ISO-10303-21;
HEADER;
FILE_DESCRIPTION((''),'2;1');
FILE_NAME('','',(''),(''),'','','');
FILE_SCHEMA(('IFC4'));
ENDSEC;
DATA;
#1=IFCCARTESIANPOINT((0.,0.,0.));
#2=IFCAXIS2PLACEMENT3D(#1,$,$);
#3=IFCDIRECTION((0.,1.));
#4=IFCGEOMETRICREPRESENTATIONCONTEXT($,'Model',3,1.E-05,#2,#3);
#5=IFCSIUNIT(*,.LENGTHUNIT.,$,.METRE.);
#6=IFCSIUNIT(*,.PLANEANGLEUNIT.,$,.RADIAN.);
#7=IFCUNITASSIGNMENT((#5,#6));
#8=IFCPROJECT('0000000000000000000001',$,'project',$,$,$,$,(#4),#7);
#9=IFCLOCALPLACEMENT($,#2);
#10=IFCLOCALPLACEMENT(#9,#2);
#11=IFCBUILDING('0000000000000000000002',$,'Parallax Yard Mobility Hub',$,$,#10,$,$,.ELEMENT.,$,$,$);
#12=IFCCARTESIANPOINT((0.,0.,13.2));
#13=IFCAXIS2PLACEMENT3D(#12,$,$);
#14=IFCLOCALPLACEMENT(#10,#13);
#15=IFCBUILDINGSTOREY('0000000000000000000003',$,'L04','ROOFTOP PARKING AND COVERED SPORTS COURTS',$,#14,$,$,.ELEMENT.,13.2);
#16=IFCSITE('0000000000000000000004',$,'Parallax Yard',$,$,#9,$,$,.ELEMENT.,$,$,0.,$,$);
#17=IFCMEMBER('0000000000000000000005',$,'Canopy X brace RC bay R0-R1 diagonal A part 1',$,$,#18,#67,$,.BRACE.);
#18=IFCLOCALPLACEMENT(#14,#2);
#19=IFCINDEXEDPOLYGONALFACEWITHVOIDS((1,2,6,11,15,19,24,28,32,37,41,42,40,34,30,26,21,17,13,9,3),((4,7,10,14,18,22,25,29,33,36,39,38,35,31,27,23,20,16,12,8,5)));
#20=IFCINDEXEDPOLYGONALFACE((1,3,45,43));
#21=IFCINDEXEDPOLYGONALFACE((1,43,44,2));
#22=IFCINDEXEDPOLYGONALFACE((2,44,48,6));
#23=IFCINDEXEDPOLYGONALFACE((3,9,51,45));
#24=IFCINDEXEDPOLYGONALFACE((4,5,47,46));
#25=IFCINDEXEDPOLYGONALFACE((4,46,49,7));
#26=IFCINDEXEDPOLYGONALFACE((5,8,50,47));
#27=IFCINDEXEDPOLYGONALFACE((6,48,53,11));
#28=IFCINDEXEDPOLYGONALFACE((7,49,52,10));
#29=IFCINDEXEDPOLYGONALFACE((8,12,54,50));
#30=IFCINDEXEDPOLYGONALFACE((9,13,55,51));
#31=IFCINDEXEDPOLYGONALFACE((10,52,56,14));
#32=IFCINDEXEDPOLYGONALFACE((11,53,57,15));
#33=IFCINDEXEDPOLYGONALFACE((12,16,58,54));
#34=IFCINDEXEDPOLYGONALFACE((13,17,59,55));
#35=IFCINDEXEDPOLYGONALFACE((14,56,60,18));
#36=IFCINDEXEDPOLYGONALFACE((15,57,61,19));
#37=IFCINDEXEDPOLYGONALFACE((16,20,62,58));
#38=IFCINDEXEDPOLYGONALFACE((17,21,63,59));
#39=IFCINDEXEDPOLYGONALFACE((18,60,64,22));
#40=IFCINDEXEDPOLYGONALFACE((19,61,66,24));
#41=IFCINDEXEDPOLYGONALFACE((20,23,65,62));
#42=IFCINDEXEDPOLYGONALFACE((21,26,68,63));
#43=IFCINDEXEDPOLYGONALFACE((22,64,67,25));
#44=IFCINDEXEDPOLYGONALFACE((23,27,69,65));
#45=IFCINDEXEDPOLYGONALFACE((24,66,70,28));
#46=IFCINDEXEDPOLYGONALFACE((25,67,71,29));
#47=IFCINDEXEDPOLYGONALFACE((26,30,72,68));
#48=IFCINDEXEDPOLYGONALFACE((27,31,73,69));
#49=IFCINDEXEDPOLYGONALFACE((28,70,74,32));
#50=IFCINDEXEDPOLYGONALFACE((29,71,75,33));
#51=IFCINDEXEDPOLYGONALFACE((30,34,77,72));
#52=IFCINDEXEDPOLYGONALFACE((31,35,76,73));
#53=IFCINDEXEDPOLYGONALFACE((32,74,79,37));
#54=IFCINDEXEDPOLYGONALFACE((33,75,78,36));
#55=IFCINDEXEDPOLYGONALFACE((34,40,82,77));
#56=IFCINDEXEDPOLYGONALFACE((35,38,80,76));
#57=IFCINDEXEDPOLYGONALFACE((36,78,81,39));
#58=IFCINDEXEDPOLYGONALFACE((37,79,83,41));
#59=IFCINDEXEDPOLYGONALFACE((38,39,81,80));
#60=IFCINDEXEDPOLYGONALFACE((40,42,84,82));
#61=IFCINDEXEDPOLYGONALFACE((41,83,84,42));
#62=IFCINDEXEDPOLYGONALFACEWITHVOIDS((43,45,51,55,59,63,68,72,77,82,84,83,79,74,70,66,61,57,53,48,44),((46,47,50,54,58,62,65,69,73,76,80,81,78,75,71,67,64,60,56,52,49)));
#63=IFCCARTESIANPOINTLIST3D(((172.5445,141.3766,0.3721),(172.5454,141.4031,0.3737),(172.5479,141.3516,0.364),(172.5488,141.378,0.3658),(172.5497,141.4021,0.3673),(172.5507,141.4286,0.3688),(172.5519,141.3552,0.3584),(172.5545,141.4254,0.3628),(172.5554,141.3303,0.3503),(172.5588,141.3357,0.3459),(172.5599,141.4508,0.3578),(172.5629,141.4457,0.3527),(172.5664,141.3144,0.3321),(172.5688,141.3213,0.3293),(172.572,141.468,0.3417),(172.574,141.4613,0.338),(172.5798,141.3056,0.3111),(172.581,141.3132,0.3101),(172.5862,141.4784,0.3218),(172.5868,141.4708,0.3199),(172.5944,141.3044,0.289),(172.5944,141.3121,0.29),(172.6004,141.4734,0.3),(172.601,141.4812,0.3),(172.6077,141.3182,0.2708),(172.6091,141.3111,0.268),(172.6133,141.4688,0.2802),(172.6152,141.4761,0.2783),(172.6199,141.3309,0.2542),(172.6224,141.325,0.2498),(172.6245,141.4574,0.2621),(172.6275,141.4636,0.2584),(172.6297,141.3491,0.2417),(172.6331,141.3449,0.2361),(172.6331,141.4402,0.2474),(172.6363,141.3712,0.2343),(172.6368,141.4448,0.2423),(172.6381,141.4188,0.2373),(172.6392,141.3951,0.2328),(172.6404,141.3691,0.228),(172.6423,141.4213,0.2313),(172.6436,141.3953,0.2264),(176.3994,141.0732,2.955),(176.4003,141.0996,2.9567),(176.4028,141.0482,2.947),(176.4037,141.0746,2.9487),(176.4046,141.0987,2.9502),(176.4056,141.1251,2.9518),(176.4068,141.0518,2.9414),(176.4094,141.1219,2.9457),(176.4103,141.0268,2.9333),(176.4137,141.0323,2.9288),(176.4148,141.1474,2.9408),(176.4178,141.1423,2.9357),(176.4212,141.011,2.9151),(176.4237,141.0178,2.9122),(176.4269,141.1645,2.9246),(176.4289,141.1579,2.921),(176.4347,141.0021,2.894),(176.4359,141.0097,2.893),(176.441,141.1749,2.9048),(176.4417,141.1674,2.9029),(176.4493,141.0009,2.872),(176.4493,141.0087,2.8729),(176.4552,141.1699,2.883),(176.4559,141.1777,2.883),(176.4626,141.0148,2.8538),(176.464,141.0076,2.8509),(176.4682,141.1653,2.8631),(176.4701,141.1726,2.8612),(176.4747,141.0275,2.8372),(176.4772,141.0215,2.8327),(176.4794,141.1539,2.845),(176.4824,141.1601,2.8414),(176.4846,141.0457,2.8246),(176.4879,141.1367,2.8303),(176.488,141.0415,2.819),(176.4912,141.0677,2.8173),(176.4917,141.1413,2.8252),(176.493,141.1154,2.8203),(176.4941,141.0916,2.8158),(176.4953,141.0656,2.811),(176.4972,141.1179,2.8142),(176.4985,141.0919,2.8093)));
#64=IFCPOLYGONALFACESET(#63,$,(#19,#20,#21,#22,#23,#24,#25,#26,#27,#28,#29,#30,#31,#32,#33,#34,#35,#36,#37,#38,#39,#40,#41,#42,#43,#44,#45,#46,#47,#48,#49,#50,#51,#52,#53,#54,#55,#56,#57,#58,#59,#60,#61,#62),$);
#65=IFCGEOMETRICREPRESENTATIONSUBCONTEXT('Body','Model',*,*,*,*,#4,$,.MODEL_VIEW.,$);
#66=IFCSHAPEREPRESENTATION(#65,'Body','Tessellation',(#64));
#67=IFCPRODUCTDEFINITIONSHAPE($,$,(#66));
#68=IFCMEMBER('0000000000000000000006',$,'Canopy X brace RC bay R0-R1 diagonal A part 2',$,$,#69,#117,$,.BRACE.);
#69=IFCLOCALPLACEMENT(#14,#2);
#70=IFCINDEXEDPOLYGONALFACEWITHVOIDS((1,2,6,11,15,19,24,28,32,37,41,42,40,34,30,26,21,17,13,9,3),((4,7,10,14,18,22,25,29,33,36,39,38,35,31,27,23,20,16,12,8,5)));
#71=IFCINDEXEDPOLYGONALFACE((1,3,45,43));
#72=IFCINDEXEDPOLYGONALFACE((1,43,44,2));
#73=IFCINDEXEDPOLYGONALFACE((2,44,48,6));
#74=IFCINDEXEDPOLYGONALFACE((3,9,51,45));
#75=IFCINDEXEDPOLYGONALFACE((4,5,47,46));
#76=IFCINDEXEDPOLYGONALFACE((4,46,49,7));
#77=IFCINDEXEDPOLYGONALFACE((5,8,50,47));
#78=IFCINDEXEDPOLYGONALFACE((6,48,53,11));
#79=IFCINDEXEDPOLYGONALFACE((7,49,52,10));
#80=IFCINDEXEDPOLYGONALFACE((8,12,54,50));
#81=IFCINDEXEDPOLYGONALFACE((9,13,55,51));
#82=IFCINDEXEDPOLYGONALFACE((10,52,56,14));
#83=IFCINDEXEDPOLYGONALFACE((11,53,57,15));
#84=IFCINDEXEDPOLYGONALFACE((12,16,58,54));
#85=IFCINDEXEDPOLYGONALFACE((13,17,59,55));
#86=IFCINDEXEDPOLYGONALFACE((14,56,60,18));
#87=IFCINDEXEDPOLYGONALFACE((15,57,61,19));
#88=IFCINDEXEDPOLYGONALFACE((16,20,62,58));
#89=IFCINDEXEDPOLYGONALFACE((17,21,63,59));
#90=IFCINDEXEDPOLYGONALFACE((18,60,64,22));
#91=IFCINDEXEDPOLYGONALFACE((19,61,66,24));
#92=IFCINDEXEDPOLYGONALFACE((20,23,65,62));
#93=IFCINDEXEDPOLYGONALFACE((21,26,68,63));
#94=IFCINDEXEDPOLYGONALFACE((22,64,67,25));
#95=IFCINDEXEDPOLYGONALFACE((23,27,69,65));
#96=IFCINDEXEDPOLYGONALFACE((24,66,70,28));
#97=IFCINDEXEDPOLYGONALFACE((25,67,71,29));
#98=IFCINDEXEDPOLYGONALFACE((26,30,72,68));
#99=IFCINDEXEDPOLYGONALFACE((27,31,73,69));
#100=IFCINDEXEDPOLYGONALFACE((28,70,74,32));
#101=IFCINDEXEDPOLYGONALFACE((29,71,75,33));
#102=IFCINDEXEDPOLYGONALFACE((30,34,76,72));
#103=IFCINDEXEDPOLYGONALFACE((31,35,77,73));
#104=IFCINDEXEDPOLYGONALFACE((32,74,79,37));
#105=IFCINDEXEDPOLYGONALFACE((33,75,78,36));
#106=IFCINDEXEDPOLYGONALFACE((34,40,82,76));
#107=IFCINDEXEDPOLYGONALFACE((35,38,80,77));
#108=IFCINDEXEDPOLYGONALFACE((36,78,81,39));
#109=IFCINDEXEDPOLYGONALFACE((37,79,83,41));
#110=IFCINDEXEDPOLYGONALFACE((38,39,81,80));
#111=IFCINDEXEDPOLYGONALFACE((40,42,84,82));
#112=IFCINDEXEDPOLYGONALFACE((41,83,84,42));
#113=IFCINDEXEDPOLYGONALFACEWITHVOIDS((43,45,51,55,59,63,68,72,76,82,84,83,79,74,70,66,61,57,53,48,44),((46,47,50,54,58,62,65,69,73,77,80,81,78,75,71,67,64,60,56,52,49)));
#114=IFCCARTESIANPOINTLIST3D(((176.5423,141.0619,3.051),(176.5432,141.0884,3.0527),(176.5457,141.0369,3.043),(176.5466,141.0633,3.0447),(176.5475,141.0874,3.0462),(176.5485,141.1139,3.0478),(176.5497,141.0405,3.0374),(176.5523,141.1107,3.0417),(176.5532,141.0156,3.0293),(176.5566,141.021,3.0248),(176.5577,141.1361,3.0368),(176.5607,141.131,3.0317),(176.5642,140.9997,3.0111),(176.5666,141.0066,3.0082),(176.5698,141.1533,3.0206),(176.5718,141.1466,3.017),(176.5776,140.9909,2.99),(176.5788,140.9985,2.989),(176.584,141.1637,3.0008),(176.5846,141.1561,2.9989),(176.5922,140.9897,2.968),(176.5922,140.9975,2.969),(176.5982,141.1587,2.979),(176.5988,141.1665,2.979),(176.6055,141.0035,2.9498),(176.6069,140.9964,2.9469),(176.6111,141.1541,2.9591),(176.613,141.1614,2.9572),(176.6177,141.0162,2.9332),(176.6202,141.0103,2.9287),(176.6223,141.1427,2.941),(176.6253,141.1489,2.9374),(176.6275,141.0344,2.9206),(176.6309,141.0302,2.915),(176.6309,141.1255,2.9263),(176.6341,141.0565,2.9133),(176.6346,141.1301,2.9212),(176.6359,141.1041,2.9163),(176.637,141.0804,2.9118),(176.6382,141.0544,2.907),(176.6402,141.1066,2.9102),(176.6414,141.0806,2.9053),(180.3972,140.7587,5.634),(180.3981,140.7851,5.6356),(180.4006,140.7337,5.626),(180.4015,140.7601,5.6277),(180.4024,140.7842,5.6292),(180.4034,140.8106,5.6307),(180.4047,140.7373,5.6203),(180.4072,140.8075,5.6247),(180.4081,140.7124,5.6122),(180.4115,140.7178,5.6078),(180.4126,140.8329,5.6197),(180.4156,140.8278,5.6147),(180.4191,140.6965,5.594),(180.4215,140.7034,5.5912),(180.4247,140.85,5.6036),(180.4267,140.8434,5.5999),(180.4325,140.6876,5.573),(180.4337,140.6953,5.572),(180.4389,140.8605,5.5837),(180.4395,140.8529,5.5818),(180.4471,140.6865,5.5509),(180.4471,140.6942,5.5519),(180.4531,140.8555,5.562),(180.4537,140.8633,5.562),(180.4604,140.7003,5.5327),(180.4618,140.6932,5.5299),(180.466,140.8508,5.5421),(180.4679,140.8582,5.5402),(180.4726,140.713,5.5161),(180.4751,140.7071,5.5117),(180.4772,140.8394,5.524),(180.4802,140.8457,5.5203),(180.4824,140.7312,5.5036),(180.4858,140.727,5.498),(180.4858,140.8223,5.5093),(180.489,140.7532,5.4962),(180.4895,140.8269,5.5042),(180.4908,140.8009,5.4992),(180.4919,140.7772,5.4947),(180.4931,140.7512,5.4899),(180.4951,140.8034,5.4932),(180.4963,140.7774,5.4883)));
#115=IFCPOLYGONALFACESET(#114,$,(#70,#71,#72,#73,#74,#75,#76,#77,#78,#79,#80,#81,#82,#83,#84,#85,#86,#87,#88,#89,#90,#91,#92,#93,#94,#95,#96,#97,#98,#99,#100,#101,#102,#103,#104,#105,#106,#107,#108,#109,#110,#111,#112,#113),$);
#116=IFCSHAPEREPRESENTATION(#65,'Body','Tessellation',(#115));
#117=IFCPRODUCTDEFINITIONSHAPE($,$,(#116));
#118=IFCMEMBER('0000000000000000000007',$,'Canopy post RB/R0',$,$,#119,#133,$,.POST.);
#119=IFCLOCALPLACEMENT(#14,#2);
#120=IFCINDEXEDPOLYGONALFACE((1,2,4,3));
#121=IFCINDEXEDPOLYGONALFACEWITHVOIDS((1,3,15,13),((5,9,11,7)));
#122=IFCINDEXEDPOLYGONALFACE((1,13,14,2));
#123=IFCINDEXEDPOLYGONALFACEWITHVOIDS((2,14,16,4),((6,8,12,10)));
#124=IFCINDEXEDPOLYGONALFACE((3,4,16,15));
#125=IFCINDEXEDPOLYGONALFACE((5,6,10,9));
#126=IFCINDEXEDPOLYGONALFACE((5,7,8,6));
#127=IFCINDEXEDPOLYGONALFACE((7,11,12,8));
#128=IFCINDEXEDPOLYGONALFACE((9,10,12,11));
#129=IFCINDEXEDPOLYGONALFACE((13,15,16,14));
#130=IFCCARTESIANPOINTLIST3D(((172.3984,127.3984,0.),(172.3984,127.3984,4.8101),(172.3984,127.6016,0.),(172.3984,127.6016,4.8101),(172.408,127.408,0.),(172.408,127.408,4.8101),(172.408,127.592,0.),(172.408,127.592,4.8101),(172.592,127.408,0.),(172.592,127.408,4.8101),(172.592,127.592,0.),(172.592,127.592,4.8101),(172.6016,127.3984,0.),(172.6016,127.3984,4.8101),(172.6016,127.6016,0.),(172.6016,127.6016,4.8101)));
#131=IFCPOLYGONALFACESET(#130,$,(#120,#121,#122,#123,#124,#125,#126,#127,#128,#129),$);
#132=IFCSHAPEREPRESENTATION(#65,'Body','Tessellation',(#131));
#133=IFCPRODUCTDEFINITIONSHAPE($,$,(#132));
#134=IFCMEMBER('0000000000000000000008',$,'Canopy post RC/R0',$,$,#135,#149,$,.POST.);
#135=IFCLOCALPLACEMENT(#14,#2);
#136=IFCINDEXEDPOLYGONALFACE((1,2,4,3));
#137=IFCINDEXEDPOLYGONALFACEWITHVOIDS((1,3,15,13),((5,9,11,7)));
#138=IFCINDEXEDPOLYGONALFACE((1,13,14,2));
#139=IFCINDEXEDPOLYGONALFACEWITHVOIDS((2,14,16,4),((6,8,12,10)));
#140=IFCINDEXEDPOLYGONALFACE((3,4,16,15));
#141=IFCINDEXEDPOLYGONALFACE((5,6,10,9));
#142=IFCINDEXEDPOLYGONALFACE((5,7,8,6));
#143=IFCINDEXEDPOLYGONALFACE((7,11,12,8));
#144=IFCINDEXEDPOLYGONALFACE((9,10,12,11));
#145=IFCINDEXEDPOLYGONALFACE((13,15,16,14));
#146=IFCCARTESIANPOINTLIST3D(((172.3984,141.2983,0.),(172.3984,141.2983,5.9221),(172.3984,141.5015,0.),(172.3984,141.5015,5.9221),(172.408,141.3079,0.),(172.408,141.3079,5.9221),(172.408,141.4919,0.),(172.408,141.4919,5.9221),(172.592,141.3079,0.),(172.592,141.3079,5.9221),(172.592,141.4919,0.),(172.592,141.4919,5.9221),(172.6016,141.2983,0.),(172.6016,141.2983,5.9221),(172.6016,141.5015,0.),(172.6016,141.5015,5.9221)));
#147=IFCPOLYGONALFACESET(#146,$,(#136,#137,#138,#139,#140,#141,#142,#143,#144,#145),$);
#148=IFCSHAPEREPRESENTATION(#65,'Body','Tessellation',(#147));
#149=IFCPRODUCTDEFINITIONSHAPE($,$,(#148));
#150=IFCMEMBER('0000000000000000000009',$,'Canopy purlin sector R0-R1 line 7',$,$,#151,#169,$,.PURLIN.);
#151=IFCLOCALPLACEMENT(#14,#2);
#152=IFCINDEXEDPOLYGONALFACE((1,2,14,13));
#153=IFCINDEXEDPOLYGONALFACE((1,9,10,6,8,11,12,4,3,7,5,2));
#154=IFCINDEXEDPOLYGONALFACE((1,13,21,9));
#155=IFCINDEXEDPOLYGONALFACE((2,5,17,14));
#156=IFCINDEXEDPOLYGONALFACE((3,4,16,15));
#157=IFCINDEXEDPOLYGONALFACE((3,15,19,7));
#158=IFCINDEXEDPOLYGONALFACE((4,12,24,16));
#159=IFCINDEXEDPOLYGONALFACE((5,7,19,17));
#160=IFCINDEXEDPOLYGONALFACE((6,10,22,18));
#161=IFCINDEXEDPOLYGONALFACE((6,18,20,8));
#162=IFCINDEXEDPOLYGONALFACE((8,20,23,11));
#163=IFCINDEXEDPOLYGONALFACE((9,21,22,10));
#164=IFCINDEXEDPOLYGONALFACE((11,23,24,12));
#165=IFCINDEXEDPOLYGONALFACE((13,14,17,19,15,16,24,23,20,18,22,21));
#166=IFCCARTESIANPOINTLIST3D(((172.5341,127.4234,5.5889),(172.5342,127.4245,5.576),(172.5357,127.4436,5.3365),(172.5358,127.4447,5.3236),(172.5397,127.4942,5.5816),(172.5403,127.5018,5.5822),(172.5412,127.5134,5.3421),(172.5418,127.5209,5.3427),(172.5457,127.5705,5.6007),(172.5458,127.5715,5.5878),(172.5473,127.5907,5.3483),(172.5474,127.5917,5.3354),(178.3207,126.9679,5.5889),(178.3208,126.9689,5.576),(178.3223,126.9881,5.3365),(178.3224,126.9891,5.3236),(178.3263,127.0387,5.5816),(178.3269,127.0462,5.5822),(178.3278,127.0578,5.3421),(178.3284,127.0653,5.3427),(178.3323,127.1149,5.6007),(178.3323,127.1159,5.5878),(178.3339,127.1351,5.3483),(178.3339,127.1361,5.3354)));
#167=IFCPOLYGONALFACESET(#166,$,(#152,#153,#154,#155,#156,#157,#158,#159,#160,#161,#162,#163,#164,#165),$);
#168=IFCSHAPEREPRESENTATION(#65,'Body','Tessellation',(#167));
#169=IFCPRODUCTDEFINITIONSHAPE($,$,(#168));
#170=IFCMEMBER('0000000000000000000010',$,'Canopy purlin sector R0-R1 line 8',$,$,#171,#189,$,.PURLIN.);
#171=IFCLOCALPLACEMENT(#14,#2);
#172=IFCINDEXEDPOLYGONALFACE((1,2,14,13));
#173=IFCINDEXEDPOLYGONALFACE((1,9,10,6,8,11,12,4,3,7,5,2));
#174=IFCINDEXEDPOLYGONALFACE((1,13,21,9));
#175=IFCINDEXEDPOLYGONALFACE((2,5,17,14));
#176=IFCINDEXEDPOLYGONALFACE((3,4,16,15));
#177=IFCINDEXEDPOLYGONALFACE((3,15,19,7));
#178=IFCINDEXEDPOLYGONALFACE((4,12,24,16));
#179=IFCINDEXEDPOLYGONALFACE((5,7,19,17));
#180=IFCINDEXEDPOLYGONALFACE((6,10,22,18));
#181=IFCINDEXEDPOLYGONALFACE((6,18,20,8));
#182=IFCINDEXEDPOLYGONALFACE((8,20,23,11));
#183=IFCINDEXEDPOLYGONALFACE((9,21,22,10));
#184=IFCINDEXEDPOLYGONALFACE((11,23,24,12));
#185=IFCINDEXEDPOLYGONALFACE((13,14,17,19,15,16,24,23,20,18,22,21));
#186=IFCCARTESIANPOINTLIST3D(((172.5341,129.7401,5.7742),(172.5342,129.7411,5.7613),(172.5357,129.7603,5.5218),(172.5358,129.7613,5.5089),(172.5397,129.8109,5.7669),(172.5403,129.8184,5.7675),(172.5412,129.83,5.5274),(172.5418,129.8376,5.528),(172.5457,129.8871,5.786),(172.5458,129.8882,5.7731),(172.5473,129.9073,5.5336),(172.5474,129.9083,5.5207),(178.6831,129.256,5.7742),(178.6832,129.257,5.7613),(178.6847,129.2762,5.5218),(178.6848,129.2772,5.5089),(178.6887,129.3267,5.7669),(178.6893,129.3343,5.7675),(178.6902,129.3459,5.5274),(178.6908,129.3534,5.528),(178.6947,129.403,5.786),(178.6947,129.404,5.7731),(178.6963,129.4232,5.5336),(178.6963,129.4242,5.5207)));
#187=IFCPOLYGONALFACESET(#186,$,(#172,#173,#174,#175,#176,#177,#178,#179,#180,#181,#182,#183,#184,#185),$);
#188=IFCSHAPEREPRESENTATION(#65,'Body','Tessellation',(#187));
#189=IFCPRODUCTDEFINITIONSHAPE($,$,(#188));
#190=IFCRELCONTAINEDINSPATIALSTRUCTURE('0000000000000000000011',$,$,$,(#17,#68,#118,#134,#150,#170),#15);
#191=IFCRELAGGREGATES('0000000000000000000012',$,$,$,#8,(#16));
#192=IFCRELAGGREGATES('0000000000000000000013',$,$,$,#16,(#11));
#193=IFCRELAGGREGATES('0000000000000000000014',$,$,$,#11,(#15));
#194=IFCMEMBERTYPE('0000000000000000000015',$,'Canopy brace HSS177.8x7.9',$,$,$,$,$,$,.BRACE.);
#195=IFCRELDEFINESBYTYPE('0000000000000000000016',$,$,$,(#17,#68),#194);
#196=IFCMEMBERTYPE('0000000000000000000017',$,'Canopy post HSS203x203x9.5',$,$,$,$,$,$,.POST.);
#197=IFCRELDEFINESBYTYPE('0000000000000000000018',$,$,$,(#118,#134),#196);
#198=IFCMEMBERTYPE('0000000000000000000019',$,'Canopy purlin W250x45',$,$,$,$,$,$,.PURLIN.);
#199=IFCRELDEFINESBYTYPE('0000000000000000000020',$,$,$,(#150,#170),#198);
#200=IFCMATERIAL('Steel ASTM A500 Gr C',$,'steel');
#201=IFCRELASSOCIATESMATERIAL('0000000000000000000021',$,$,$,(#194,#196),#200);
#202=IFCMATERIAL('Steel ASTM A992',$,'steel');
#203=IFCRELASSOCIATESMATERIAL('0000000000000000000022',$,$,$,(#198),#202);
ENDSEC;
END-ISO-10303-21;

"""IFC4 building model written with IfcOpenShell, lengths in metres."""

from ifc_helpers import new_model, si_unit, direction, frame, origin, origin_2d, place, context, subcontext, project, spatial, hollow_rectangle, hollow_circle, i_section, extrude, material, material_profile, profile_set, type_object, element, save


model = new_model("IFC4")

# Units and contexts
model_context = context("Model", 3, precision=1e-05, world=origin(), true_north=direction((0.0, 1.0)))
body_context = subcontext(model_context, "Body", "Model", "MODEL_VIEW")
ifc_project = project(units=[si_unit("LENGTHUNIT", "METRE"), si_unit("PLANEANGLEUNIT", "RADIAN")], contexts=[model_context])

# Site, building, storey
site_placement = place(None, origin())
site = spatial("IfcSite", under=ifc_project, at=site_placement, Name="Parallax Yard", CompositionType="ELEMENT", RefElevation=0.0)
building_placement = place(site_placement, origin())
building = spatial("IfcBuilding", under=site, at=building_placement, Name="Parallax Yard Mobility Hub", CompositionType="ELEMENT")
storey_placement = place(building_placement, frame((0.0, 0.0, 13.2)))
storey = spatial("IfcBuildingStorey", under=building, at=storey_placement, Name="L04", Description="ROOFTOP PARKING AND COVERED SPORTS COURTS", CompositionType="ELEMENT", Elevation=13.2)

# Members
ifc_material_1 = material(Name="Steel ASTM A500 Gr C", Category="steel")
ifc_material_profile_1 = material_profile(ifc_material_1, hollow_circle(Radius=0.0889, WallThickness=0.0078, at=origin_2d()), Name="HSS177.8x7.9")
ifc_profile_set_1 = profile_set([ifc_material_profile_1], Name="Steel ASTM A500 Gr C")
member_type_1 = type_object("IfcMemberType", Name="Canopy brace HSS177.8x7.9", PredefinedType="BRACE", material=ifc_profile_set_1)
for number, where, z_axis, x_axis, name in (
    (1, (172.594, 141.3926, 0.3), (0.828982, -0.065258, 0.555455), (0.078478, 0.996916, 0.0), "Canopy X brace RC bay R0-R1 diagonal A part 1"),
    (2, (176.5918, 141.0779, 2.979), (0.828985, -0.065206, 0.555457), (0.078415, 0.996921, 0.0), "Canopy X brace RC bay R0-R1 diagonal A part 2"),
):
    element("IfcMember", number, at=place(storey_placement, frame(where, z_axis=z_axis, x_axis=x_axis)), inside=storey, type_object=member_type_1, Name=name, PredefinedType="BRACE", context=body_context, shape_type="SweptSolid", body=[
        extrude(hollow_circle(Radius=0.0889, WallThickness=0.0078, at=origin_2d()), origin(), (0.0, 0.0, 1.0), 4.6501),
    ])
ifc_material_profile_2 = material_profile(ifc_material_1, hollow_rectangle(XDim=0.2031, YDim=0.2031, WallThickness=0.0095, at=origin_2d()), Name="HSS203x203x9.5")
ifc_profile_set_2 = profile_set([ifc_material_profile_2], Name="Steel ASTM A500 Gr C")
member_type_2 = type_object("IfcMemberType", Name="Canopy post HSS203x203x9.5", PredefinedType="POST", material=ifc_profile_set_2)
member_1_placement = place(storey_placement, frame((172.5, 127.5, 0.0), z_axis=(0.0, 0.0, 1.0), x_axis=(1.0, 0.0, 0.0)))
element("IfcMember", 3, at=member_1_placement, inside=storey, type_object=member_type_2, Name="Canopy post RB/R0", PredefinedType="POST", context=body_context, shape_type="SweptSolid", body=[
    extrude(hollow_rectangle(XDim=0.2031, YDim=0.2031, WallThickness=0.0095, at=origin_2d()), origin(), (0.0, 0.0, 1.0), 4.8101),
])
member_2_placement = place(storey_placement, frame((172.5, 141.3999, 0.0), z_axis=(0.0, 0.0, 1.0), x_axis=(1.0, 0.0, 0.0)))
element("IfcMember", 4, at=member_2_placement, inside=storey, type_object=member_type_2, Name="Canopy post RC/R0", PredefinedType="POST", context=body_context, shape_type="SweptSolid", body=[
    extrude(hollow_rectangle(XDim=0.2031, YDim=0.2031, WallThickness=0.0095, at=origin_2d()), origin(), (0.0, 0.0, 1.0), 5.9221),
])
ifc_material_2 = material(Name="Steel ASTM A992", Category="steel")
ifc_material_profile_3 = material_profile(ifc_material_2, i_section(OverallWidth=0.1479, OverallDepth=0.2661, WebThickness=0.0076, FlangeThickness=0.0129, at=origin_2d()), Name="W250x45")
ifc_profile_set_3 = profile_set([ifc_material_profile_3], Name="Steel ASTM A992")
member_type_3 = type_object("IfcMemberType", Name="Canopy purlin W250x45", PredefinedType="PURLIN", material=ifc_profile_set_3)
member_3_placement = place(storey_placement, frame((172.5408, 127.5076, 5.4622), z_axis=(0.996915, -0.078485, 0.0), x_axis=(0.078233, 0.993721, 0.07999)))
element("IfcMember", 5, at=member_3_placement, inside=storey, type_object=member_type_3, Name="Canopy purlin sector R0-R1 line 7", PredefinedType="PURLIN", context=body_context, shape_type="SweptSolid", body=[
    extrude(i_section(OverallWidth=0.1479, OverallDepth=0.2661, WebThickness=0.0076, FlangeThickness=0.0129, at=origin_2d()), origin(), (0.0, 0.0, 1.0), 5.8044),
])
member_4_placement = place(storey_placement, frame((172.5408, 129.8242, 5.6475), z_axis=(0.996915, -0.078491, 0.0), x_axis=(0.07824, 0.99372, 0.07999)))
element("IfcMember", 6, at=member_4_placement, inside=storey, type_object=member_type_3, Name="Canopy purlin sector R0-R1 line 8", PredefinedType="PURLIN", context=body_context, shape_type="SweptSolid", body=[
    extrude(i_section(OverallWidth=0.1479, OverallDepth=0.2661, WebThickness=0.0076, FlangeThickness=0.0129, at=origin_2d()), origin(), (0.0, 0.0, 1.0), 6.168),
])

save(model, "model.ifc")
